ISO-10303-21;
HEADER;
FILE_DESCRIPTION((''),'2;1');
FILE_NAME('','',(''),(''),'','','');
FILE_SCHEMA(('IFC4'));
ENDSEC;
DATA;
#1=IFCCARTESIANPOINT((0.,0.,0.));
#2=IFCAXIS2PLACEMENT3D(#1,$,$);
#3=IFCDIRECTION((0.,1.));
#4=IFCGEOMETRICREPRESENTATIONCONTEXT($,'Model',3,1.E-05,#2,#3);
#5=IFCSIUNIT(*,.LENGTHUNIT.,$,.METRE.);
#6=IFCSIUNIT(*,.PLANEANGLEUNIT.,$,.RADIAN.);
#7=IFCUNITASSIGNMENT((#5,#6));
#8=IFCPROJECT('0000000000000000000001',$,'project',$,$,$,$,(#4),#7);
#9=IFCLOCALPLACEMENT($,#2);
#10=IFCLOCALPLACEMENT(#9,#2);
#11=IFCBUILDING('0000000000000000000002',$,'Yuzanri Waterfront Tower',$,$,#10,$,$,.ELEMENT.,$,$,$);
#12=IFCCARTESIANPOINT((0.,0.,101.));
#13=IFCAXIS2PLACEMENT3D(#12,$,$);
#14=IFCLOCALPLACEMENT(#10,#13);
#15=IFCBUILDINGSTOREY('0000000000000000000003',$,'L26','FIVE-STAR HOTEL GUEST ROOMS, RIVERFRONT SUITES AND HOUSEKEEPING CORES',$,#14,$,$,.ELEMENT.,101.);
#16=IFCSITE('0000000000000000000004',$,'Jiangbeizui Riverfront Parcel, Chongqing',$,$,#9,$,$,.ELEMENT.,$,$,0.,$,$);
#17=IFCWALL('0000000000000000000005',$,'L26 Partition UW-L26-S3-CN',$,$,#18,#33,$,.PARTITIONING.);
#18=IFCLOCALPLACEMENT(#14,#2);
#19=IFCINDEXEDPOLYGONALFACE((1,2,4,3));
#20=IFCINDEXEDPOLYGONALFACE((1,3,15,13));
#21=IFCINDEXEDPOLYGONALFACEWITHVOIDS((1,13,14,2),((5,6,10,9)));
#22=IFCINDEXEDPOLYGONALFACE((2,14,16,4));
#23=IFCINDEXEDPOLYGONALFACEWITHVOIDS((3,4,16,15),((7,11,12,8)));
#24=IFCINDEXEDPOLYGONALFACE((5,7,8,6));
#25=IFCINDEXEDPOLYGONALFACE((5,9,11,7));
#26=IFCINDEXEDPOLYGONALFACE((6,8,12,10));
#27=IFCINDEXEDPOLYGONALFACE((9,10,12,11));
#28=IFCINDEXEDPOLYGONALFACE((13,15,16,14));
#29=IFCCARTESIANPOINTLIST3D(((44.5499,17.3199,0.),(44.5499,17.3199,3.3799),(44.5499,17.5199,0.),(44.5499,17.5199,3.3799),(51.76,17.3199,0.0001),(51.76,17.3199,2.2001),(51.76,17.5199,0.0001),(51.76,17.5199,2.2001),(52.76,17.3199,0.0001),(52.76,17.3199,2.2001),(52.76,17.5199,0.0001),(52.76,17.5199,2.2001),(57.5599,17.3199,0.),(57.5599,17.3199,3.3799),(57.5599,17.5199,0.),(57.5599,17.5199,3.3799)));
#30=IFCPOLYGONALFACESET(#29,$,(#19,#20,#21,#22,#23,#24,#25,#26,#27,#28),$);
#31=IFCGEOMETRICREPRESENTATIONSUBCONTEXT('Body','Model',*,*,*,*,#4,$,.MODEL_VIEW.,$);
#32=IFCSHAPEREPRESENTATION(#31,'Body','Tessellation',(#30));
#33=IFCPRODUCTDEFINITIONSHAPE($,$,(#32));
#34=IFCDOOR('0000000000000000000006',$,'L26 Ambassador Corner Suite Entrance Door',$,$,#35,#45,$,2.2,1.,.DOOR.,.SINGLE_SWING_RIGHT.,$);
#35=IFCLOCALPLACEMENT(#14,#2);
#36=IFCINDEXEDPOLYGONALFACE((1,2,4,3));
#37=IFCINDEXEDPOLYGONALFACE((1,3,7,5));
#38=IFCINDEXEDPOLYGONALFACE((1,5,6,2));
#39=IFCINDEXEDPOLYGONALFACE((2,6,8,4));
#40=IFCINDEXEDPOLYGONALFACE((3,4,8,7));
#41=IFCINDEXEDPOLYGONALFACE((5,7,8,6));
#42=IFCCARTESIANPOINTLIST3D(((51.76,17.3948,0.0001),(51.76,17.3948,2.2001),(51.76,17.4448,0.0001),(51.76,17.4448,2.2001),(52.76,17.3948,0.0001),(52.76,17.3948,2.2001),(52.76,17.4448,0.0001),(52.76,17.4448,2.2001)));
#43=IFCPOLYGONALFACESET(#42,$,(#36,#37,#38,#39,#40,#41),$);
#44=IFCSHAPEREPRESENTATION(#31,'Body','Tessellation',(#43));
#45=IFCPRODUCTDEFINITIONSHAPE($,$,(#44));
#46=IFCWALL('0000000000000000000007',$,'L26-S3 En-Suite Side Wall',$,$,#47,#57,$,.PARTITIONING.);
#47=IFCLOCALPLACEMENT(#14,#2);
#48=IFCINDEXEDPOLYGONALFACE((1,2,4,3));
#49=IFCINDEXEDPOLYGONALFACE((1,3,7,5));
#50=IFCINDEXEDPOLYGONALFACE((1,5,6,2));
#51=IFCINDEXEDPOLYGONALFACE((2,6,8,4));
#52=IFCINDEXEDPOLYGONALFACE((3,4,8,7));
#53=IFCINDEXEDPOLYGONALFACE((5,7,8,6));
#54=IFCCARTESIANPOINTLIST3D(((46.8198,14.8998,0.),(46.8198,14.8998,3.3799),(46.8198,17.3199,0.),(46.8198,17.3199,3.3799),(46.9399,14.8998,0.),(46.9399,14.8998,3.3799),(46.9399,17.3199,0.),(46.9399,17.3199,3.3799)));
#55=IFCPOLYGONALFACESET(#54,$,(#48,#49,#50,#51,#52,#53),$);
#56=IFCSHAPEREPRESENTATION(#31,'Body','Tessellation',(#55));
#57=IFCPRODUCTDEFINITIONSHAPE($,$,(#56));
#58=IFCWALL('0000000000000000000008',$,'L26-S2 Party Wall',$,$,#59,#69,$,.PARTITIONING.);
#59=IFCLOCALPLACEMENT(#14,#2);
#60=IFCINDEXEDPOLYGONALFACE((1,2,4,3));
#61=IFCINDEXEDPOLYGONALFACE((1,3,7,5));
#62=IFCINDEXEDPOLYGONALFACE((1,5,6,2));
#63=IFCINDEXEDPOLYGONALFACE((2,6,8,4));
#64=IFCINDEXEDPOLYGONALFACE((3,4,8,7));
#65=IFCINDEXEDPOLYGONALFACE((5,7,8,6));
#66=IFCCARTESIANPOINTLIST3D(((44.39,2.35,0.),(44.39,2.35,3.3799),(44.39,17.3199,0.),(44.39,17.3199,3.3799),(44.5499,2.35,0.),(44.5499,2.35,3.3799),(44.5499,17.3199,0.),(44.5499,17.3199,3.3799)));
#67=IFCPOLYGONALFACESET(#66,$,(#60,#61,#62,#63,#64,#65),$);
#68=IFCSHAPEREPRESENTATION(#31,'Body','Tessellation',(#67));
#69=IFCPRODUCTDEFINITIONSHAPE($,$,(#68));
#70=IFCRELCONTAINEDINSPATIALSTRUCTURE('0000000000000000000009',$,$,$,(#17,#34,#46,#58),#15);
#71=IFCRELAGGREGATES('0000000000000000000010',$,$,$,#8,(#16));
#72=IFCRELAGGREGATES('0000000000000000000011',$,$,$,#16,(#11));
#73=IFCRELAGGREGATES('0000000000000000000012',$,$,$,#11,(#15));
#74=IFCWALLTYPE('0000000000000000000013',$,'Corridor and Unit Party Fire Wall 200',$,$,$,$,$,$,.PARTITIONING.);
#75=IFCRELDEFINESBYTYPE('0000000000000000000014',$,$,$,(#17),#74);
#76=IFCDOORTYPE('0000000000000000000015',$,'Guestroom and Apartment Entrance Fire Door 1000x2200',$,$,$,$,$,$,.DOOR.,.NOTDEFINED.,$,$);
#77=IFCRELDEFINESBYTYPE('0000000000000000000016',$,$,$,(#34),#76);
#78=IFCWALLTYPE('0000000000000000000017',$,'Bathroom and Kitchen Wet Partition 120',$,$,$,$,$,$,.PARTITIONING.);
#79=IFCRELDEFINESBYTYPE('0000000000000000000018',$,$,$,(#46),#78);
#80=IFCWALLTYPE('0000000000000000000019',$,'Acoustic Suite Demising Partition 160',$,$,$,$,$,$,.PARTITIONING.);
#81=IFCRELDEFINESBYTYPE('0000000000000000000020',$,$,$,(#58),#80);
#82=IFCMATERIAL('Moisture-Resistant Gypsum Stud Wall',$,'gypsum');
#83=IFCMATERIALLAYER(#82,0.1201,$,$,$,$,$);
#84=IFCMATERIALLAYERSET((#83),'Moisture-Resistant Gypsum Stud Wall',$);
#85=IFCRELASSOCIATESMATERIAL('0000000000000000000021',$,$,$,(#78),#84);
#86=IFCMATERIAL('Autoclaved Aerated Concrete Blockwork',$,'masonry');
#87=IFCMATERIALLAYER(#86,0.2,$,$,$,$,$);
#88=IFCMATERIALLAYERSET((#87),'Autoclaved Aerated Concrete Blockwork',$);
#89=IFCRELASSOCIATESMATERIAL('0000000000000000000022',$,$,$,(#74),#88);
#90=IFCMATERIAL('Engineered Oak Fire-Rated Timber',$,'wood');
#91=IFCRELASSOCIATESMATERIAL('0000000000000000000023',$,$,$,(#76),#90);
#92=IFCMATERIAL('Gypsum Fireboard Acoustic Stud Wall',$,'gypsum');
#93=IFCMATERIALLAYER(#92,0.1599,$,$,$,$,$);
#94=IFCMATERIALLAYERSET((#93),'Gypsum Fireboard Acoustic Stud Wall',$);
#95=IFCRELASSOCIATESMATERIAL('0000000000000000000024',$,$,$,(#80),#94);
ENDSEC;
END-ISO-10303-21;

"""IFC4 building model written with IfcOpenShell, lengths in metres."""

from ifc_helpers import new_model, si_unit, direction, frame, frame_2d, origin, place, context, subcontext, project, spatial, rectangle, extrude, source, transform, mapped, material, layer, layer_set, type_object, element, fill, save


model = new_model("IFC4")

# Units and contexts
model_context = context("Model", 3, precision=1e-05, world=origin(), true_north=direction((0.0, 1.0)))
body_context = subcontext(model_context, "Body", "Model", "MODEL_VIEW")
ifc_project = project(units=[si_unit("LENGTHUNIT", "METRE"), si_unit("PLANEANGLEUNIT", "RADIAN")], contexts=[model_context])

# Site, building, storey
site_placement = place(None, origin())
site = spatial("IfcSite", under=ifc_project, at=site_placement, Name="Jiangbeizui Riverfront Parcel, Chongqing", CompositionType="ELEMENT", RefElevation=0.0)
building_placement = place(site_placement, origin())
building = spatial("IfcBuilding", under=site, at=building_placement, Name="Yuzanri Waterfront Tower", CompositionType="ELEMENT")
storey_placement = place(building_placement, frame((0.0, 0.0, 101.0)))
storey = spatial("IfcBuildingStorey", under=building, at=storey_placement, Name="L26", Description="FIVE-STAR HOTEL GUEST ROOMS, RIVERFRONT SUITES AND HOUSEKEEPING CORES", CompositionType="ELEMENT", Elevation=101.0)

# Wall, opening, door
ifc_material_1 = material(Name="Moisture-Resistant Gypsum Stud Wall", Category="gypsum")
ifc_layer_1 = layer(ifc_material_1, 0.1201)
ifc_layer_set_1 = layer_set([ifc_layer_1], Name="Moisture-Resistant Gypsum Stud Wall")
wall_type_1 = type_object("IfcWallType", Name="Bathroom and Kitchen Wet Partition 120", PredefinedType="PARTITIONING", material=ifc_layer_set_1)
ifc_material_2 = material(Name="Autoclaved Aerated Concrete Blockwork", Category="masonry")
ifc_layer_2 = layer(ifc_material_2, 0.2)
ifc_layer_set_2 = layer_set([ifc_layer_2], Name="Autoclaved Aerated Concrete Blockwork")
wall_type_2 = type_object("IfcWallType", Name="Corridor and Unit Party Fire Wall 200", PredefinedType="PARTITIONING", material=ifc_layer_set_2)
wall_1_placement = place(storey_placement, frame((44.55, 17.4199, 0.0), z_axis=(0.0, 0.0, 1.0), x_axis=(1.0, 0.0, 0.0)))
wall_1 = element("IfcWall", 1, at=wall_1_placement, inside=storey, type_object=wall_type_2, Name="L26 Partition UW-L26-S3-CN", PredefinedType="PARTITIONING", context=body_context, shape_type="SweptSolid", body=[
    extrude(rectangle(XDim=13.01, YDim=0.2, at=frame_2d((6.5049, 0.0))), origin(), (0.0, 0.0, 1.0), 3.3799),
])
opening_1_placement = place(wall_1_placement, frame((7.21, 0.0, 0.0)))
opening_1 = element("IfcOpeningElement", 2, at=opening_1_placement, cuts=wall_1, PredefinedType="OPENING", context=body_context, shape_type="SweptSolid", body=[
    extrude(rectangle(XDim=1.0, YDim=2.2, at=frame_2d((0.5, 1.1001))), frame((0.0, 0.1147, 0.0), z_axis=(0.0, -1.0, 0.0), x_axis=(1.0, 0.0, 0.0)), (0.0, 0.0, 1.0), 0.2297),
])
ifc_material_3 = material(Name="Engineered Oak Fire-Rated Timber", Category="wood")
door_type_1 = type_object("IfcDoorType", Name="Guestroom and Apartment Entrance Fire Door 1000x2200", OperationType="NOTDEFINED", PredefinedType="DOOR", material=ifc_material_3)
shared_shape_1 = source(origin(), body_context, "Body", "SweptSolid", [
    extrude(rectangle(XDim=1.0, YDim=2.2, at=frame_2d((0.5, 1.1001))), frame((0.0, 0.0249, 0.0), z_axis=(0.0, -1.0, 0.0), x_axis=(1.0, 0.0, 0.0)), (0.0, 0.0, 1.0), 0.05),
])
door_1_placement = place(opening_1_placement, origin())
door_1 = element("IfcDoor", 3, at=door_1_placement, inside=storey, type_object=door_type_1, Name="L26 Ambassador Corner Suite Entrance Door", OperationType="SINGLE_SWING_RIGHT", OverallHeight=2.2, OverallWidth=1.0, PredefinedType="DOOR", context=body_context, shape_type="MappedRepresentation", body=[
    mapped(shared_shape_1, transform((0.0, 0.0, 0.0), scale=1.0)),
])
fill(opening_1, door_1)

# Walls
shared_shape_2 = source(origin(), body_context, "Body", "SweptSolid", [
    extrude(rectangle(XDim=2.4202, YDim=0.1201, at=frame_2d((1.21, 0.0))), origin(), (0.0, 0.0, 1.0), 3.3799),
])
wall_2_placement = place(storey_placement, frame((46.8799, 14.8999, 0.0), z_axis=(0.0, 0.0, 1.0), x_axis=(0.0, 1.0, 0.0)))
element("IfcWall", 4, at=wall_2_placement, inside=storey, type_object=wall_type_1, Name="L26-S3 En-Suite Side Wall", PredefinedType="PARTITIONING", context=body_context, shape_type="MappedRepresentation", body=[
    mapped(shared_shape_2, transform((0.0, 0.0, 0.0), scale=1.0)),
])
ifc_material_4 = material(Name="Gypsum Fireboard Acoustic Stud Wall", Category="gypsum")
ifc_layer_3 = layer(ifc_material_4, 0.1599)
ifc_layer_set_3 = layer_set([ifc_layer_3], Name="Gypsum Fireboard Acoustic Stud Wall")
wall_type_3 = type_object("IfcWallType", Name="Acoustic Suite Demising Partition 160", PredefinedType="PARTITIONING", material=ifc_layer_set_3)
shared_shape_3 = source(origin(), body_context, "Body", "SweptSolid", [
    extrude(rectangle(XDim=14.97, YDim=0.1599, at=frame_2d((7.4849, 0.0))), origin(), (0.0, 0.0, 1.0), 3.3799),
])
wall_3_placement = place(storey_placement, frame((44.47, 2.3501, 0.0), z_axis=(0.0, 0.0, 1.0), x_axis=(0.0, 1.0, 0.0)))
element("IfcWall", 5, at=wall_3_placement, inside=storey, type_object=wall_type_3, Name="L26-S2 Party Wall", PredefinedType="PARTITIONING", context=body_context, shape_type="MappedRepresentation", body=[
    mapped(shared_shape_3, transform((0.0, 0.0, 0.0), scale=1.0)),
])

save(model, "model.ifc")
